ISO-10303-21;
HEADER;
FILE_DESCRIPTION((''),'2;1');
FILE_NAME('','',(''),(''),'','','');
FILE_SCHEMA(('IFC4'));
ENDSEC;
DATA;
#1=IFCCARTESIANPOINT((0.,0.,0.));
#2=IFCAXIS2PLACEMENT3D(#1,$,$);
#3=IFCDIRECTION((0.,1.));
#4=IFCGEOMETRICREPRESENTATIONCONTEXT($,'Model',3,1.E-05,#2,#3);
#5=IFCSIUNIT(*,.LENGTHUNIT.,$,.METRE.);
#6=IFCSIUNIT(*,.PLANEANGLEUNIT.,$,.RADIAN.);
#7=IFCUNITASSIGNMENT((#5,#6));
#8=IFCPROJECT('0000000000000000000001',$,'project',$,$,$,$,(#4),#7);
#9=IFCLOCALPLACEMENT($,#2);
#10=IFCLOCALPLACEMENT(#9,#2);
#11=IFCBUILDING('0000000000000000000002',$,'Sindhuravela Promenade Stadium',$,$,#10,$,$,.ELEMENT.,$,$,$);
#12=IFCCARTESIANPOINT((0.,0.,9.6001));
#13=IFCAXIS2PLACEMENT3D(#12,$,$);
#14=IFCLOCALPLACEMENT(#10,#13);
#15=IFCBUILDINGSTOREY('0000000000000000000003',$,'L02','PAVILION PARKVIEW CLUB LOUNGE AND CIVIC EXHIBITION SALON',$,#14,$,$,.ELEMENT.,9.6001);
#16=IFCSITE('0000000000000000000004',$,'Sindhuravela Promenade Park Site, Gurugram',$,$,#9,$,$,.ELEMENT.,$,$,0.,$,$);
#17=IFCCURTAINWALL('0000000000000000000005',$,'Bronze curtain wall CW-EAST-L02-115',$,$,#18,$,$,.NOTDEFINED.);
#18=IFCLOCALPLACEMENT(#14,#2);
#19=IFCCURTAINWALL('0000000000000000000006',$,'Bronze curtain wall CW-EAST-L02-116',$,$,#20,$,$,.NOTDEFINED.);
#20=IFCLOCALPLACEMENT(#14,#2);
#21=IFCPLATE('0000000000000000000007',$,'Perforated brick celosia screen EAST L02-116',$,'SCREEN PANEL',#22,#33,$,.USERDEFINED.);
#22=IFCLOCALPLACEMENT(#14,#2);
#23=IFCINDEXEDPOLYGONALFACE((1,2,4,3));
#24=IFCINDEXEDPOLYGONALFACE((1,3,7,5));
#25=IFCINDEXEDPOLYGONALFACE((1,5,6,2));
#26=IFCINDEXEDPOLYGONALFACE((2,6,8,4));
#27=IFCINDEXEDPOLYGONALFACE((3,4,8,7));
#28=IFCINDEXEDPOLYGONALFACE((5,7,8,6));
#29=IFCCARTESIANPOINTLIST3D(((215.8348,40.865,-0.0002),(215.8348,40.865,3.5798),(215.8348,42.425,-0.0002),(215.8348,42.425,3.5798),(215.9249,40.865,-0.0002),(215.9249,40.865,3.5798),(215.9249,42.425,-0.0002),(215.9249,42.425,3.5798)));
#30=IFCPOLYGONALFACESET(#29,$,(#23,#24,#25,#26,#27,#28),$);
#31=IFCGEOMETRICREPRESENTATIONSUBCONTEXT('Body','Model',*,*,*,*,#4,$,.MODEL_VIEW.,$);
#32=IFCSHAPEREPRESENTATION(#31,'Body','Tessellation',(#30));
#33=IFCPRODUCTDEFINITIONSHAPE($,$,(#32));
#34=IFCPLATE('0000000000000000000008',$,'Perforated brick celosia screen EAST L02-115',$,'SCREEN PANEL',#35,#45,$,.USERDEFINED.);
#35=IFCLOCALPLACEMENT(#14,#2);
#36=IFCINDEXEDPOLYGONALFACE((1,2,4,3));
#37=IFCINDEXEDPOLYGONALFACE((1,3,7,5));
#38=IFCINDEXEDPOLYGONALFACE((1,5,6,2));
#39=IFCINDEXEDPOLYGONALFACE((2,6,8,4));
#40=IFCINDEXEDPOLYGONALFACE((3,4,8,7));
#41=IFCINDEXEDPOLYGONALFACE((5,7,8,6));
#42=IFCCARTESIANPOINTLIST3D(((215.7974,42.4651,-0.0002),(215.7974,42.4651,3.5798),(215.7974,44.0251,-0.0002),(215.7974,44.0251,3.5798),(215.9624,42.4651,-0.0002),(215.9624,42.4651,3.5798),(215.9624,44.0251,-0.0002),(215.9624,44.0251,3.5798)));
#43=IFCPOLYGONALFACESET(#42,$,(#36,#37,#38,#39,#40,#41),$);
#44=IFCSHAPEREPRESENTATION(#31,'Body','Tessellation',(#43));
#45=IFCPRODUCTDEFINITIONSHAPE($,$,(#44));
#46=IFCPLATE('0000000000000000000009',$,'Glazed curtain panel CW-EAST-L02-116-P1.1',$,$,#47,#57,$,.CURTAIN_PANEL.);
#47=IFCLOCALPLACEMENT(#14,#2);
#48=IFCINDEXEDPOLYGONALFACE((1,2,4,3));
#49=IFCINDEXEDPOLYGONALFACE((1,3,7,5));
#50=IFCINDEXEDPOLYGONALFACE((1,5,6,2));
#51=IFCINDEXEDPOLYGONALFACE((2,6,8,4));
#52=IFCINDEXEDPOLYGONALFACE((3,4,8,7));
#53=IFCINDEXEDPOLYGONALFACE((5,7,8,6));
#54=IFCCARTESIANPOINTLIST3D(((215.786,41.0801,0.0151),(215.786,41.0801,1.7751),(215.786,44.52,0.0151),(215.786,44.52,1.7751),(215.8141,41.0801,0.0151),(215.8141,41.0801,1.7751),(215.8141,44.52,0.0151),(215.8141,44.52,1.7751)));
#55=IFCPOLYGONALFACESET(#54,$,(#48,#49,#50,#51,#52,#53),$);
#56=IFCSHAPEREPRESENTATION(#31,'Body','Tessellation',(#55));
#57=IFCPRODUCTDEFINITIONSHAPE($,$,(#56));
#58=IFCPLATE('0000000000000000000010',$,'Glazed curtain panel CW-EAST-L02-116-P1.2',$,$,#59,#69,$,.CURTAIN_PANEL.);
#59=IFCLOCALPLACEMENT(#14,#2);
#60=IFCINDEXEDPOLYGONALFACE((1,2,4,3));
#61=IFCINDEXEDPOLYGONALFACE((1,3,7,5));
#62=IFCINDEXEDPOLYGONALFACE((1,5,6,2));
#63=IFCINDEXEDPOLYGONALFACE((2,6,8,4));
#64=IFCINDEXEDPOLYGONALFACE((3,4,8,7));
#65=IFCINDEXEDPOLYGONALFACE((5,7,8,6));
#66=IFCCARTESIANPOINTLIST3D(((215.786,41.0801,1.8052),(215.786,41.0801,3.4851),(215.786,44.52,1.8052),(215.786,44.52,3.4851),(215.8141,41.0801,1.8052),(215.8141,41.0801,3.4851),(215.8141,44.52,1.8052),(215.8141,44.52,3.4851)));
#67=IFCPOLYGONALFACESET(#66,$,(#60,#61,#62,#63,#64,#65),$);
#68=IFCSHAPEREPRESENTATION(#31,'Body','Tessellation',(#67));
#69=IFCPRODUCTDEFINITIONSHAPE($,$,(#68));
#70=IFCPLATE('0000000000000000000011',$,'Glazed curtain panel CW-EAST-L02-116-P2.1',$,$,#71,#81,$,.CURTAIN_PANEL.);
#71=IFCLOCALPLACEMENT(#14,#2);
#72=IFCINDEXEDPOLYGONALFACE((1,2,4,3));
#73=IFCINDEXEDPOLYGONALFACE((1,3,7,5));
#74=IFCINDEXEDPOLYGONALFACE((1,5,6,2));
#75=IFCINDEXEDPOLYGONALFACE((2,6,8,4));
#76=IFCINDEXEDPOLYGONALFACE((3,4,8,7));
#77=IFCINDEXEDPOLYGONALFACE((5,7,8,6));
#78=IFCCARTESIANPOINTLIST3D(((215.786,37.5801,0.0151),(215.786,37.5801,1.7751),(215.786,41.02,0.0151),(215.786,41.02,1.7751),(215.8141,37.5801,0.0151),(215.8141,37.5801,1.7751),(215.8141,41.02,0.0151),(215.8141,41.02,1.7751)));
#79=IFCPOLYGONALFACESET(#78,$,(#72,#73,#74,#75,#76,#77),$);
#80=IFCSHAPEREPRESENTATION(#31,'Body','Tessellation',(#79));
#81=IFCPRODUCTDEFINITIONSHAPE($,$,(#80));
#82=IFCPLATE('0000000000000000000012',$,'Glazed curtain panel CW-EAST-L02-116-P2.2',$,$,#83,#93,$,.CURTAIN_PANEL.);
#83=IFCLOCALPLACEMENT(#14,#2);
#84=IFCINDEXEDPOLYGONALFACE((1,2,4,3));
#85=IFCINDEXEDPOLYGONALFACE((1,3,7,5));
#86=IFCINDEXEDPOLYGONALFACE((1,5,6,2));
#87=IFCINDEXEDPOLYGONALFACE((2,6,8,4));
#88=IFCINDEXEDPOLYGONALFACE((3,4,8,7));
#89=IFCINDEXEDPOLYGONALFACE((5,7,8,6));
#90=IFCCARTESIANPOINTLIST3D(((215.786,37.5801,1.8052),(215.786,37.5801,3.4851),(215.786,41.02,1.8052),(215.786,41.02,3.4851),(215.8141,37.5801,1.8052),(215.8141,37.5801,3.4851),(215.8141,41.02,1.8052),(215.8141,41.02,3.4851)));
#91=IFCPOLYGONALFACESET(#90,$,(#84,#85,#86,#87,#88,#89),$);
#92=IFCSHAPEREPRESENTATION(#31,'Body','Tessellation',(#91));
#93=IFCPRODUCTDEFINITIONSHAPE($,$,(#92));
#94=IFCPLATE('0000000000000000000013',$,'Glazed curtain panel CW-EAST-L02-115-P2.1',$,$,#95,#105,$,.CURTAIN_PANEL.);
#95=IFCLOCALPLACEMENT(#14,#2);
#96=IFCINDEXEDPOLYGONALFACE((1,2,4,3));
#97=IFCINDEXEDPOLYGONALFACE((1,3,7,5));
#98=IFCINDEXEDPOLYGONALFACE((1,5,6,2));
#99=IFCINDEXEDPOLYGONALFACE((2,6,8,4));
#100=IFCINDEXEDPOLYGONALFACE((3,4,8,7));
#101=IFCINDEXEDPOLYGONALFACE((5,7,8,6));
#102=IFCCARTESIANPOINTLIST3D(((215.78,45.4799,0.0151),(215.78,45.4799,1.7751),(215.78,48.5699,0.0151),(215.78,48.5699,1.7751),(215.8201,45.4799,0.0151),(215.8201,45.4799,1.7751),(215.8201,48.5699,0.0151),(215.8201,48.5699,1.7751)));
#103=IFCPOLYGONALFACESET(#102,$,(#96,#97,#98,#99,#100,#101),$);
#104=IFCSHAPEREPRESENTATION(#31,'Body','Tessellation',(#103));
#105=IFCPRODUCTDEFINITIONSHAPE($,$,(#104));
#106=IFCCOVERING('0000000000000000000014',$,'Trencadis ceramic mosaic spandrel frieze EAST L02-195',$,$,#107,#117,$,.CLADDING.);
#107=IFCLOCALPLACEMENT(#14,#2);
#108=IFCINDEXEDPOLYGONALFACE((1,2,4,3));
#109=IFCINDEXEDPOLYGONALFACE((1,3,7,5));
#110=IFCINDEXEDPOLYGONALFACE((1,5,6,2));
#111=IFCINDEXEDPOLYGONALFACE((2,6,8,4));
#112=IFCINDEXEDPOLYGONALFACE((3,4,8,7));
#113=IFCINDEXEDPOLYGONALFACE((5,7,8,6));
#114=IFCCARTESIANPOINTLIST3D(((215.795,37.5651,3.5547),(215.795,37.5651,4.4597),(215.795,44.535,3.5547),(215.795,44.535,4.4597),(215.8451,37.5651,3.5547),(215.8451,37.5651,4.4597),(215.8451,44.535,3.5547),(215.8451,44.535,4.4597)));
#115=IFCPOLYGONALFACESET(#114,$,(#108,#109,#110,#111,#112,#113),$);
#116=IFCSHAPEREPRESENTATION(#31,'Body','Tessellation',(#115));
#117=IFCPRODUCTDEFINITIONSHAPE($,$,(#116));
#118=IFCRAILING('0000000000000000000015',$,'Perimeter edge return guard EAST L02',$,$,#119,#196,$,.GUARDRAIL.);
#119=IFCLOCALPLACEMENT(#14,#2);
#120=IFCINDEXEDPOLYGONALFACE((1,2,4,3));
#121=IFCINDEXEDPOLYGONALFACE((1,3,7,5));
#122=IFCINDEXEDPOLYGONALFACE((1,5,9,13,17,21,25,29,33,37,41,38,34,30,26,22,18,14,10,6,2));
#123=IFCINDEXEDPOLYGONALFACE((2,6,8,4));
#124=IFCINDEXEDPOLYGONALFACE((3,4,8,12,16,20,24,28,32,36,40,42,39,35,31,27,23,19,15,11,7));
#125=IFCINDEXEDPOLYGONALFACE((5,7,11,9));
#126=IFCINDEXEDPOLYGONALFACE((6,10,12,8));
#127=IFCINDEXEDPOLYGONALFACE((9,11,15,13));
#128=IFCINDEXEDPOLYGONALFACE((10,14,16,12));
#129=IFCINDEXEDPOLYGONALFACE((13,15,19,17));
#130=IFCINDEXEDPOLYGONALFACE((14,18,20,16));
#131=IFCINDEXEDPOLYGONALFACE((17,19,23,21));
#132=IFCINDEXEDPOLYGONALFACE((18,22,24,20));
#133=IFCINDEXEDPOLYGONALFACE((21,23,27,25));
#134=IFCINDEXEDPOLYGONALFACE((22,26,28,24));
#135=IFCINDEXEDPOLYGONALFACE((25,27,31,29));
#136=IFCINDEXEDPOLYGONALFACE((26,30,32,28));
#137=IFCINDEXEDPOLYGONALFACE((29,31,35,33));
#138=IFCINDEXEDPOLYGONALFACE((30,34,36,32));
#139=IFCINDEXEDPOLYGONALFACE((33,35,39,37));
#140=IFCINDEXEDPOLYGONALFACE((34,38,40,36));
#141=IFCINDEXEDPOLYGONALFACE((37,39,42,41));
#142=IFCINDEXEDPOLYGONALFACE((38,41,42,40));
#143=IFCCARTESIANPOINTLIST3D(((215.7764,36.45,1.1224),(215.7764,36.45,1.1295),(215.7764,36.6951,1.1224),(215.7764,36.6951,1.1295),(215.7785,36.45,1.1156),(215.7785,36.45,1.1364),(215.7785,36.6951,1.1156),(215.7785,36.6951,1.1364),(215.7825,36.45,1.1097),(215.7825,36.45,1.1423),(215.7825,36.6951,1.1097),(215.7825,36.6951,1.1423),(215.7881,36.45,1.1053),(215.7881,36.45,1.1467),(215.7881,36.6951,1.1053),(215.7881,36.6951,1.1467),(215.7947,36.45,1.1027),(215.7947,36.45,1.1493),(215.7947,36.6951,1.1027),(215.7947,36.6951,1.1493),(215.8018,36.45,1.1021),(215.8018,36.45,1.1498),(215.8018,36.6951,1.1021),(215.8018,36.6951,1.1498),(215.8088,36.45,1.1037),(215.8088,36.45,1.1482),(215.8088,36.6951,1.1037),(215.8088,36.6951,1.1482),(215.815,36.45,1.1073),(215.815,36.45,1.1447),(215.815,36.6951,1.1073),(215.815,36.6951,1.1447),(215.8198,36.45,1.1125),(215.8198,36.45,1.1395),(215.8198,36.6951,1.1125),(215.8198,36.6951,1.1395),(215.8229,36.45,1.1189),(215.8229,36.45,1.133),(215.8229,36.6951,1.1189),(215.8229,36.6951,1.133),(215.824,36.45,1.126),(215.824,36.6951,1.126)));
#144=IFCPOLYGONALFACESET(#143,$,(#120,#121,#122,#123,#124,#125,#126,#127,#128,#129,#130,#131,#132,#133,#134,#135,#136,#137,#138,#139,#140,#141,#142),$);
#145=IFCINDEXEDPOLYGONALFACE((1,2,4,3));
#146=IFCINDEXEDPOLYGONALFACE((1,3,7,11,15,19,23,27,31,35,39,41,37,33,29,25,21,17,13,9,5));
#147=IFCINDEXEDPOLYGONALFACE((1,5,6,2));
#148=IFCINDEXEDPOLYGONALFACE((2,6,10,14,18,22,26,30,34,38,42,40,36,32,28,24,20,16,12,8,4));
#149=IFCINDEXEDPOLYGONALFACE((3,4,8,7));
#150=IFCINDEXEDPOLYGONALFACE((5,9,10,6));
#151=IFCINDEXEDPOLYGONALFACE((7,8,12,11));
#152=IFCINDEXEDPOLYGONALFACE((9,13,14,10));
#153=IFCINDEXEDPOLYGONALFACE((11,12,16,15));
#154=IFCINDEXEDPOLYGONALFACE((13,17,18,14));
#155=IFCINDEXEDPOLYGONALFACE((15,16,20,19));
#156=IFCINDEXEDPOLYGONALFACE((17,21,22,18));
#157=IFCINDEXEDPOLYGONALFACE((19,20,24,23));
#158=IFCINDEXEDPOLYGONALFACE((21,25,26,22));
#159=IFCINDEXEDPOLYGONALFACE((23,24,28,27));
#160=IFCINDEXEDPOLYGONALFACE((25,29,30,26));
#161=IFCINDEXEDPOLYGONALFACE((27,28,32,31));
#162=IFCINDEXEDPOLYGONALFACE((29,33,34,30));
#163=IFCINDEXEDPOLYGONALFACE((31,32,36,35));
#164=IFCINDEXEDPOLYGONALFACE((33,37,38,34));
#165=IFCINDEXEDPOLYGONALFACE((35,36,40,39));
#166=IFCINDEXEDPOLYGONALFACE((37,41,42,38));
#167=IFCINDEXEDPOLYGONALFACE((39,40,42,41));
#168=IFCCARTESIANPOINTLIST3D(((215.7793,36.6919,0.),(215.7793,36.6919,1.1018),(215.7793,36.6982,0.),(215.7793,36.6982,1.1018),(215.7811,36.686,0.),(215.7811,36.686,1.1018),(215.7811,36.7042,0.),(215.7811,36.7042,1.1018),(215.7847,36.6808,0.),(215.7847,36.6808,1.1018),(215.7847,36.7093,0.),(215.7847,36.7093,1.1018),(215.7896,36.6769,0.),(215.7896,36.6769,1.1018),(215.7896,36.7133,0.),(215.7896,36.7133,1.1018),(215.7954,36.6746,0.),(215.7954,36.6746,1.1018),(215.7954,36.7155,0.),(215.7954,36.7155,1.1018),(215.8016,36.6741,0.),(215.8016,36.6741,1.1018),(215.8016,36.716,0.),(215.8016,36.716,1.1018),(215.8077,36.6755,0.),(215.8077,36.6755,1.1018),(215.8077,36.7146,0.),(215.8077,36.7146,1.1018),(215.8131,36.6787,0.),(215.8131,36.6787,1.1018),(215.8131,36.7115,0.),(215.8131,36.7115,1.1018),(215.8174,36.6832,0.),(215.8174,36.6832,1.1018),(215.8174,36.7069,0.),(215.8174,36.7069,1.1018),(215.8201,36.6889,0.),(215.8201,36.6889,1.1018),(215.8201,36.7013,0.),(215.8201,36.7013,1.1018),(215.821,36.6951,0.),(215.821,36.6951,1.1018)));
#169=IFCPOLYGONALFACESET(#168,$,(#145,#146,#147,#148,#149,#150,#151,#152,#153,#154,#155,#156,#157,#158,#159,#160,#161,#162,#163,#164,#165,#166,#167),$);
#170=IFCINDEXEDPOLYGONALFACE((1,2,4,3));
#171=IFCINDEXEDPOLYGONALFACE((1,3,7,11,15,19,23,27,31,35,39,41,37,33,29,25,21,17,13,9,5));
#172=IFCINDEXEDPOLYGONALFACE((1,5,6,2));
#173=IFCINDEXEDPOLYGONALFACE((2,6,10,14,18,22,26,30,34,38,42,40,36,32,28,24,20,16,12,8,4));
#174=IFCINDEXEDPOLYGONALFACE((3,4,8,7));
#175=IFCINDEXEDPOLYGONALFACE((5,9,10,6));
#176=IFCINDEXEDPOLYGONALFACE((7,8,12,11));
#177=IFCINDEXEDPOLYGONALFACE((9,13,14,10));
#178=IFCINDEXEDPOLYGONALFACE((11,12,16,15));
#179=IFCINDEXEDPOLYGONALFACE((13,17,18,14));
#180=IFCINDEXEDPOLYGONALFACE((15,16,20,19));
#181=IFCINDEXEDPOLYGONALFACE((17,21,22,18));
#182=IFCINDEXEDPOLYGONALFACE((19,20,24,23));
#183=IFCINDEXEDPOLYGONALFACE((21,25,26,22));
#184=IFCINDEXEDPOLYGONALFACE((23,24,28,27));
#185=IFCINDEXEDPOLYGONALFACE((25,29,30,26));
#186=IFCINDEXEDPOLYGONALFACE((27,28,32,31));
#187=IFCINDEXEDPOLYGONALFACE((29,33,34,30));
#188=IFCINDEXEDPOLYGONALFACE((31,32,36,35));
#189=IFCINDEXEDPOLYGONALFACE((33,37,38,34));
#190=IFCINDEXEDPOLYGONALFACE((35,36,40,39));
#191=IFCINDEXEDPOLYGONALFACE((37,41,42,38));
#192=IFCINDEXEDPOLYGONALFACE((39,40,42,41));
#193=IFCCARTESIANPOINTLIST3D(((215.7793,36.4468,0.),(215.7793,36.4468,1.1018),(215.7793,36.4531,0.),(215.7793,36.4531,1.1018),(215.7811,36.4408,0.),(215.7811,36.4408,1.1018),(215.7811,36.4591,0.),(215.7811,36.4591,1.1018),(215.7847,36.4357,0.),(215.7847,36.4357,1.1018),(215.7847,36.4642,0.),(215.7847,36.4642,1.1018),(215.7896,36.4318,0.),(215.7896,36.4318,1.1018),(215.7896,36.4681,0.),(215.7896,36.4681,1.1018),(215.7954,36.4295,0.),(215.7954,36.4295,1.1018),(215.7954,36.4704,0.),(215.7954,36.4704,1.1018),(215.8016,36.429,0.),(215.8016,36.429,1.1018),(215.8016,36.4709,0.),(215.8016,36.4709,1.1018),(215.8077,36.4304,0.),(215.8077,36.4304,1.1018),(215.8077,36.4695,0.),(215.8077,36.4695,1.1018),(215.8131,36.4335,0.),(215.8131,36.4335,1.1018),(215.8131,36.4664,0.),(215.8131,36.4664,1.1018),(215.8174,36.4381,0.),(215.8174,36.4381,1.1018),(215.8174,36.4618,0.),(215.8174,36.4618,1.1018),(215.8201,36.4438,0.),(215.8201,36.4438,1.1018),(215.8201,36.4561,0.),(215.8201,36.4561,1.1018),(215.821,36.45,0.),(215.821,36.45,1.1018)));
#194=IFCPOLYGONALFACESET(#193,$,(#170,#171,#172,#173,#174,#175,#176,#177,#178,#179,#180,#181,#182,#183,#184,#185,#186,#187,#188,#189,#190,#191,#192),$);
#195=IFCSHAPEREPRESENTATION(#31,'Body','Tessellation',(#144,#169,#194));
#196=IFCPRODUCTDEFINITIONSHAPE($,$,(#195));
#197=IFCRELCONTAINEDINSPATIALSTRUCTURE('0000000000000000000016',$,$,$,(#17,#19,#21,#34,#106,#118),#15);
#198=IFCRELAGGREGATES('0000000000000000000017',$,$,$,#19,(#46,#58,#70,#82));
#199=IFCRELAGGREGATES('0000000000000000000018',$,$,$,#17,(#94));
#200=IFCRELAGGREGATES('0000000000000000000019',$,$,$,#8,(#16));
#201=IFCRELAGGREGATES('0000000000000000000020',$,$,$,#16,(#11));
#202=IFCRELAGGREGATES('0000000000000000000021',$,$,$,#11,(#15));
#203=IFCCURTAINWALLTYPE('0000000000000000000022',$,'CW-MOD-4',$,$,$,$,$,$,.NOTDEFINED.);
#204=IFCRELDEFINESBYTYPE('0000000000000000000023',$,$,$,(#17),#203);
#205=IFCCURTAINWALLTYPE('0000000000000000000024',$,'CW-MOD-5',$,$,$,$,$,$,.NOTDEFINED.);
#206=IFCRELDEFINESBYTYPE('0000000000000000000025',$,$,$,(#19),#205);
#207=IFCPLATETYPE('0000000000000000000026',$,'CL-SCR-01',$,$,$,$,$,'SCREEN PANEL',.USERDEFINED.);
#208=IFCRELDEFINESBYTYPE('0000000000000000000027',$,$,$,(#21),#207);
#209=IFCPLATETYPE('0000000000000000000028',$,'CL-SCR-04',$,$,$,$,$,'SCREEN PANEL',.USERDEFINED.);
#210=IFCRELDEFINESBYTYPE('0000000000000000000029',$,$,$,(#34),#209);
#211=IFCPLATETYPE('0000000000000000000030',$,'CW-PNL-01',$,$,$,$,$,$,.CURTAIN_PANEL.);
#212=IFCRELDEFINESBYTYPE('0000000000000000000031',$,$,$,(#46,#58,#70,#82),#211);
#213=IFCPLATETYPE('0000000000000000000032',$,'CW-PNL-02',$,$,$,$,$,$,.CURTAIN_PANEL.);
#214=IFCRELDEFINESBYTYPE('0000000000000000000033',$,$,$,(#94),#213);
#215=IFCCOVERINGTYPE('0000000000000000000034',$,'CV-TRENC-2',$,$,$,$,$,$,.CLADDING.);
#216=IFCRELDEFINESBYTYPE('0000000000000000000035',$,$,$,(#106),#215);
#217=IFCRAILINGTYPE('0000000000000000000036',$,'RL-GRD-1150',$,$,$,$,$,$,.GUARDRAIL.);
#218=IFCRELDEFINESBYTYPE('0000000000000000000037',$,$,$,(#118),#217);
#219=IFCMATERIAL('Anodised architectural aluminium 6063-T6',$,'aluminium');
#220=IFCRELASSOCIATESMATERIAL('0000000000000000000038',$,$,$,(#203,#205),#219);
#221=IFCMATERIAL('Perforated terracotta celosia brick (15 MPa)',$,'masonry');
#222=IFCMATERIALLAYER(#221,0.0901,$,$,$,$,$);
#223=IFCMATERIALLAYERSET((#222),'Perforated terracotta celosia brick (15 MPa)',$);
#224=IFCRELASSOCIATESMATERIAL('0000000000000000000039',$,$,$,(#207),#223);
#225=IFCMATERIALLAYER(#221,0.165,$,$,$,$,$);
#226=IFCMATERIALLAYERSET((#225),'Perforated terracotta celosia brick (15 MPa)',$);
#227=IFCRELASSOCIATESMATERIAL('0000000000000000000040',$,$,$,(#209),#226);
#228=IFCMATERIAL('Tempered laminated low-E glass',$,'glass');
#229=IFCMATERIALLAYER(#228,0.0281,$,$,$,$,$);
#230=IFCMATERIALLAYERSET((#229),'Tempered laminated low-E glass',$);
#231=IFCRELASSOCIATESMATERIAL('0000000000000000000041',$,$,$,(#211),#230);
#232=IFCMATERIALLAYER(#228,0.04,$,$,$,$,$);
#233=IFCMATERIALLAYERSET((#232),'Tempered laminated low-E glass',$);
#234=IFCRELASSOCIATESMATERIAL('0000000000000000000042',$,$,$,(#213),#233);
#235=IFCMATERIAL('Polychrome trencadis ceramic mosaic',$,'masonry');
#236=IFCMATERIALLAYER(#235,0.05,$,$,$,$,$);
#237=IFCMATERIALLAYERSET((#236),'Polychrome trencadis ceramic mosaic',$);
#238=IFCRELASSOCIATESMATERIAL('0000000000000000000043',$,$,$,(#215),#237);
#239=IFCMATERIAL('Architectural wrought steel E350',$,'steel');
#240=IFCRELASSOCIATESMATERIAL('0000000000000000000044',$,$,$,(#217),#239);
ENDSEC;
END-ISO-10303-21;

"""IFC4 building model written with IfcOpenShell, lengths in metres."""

from ifc_helpers import new_model, si_unit, direction, frame, origin, origin_2d, place, context, subcontext, project, spatial, rectangle, circle, extrude, material, layer, layer_set, type_object, element, aggregate, save


model = new_model("IFC4")

# Units and contexts
model_context = context("Model", 3, precision=1e-05, world=origin(), true_north=direction((0.0, 1.0)))
body_context = subcontext(model_context, "Body", "Model", "MODEL_VIEW")
ifc_project = project(units=[si_unit("LENGTHUNIT", "METRE"), si_unit("PLANEANGLEUNIT", "RADIAN")], contexts=[model_context])

# Site, building, storey
site_placement = place(None, origin())
site = spatial("IfcSite", under=ifc_project, at=site_placement, Name="Sindhuravela Promenade Park Site, Gurugram", CompositionType="ELEMENT", RefElevation=0.0)
building_placement = place(site_placement, origin())
building = spatial("IfcBuilding", under=site, at=building_placement, Name="Sindhuravela Promenade Stadium", CompositionType="ELEMENT")
storey_placement = place(building_placement, frame((0.0, 0.0, 9.6001)))
storey = spatial("IfcBuildingStorey", under=building, at=storey_placement, Name="L02", Description="PAVILION PARKVIEW CLUB LOUNGE AND CIVIC EXHIBITION SALON", CompositionType="ELEMENT", Elevation=9.6001)

# Curtain wall
ifc_material_1 = material(Name="Anodised architectural aluminium 6063-T6", Category="aluminium")
curtain_wall_type_1 = type_object("IfcCurtainWallType", Name="CW-MOD-4", PredefinedType="NOTDEFINED", material=ifc_material_1)
curtain_wall_1_placement = place(storey_placement, origin())
curtain_wall_1 = element("IfcCurtainWall", 1, at=curtain_wall_1_placement, inside=storey, type_object=curtain_wall_type_1, Name="Bronze curtain wall CW-EAST-L02-115", PredefinedType="NOTDEFINED")

# Curtain wall
curtain_wall_type_2 = type_object("IfcCurtainWallType", Name="CW-MOD-5", PredefinedType="NOTDEFINED", material=ifc_material_1)
curtain_wall_2_placement = place(storey_placement, origin())
curtain_wall_2 = element("IfcCurtainWall", 2, at=curtain_wall_2_placement, inside=storey, type_object=curtain_wall_type_2, Name="Bronze curtain wall CW-EAST-L02-116", PredefinedType="NOTDEFINED")

# Plates
ifc_material_2 = material(Name="Perforated terracotta celosia brick (15 MPa)", Category="masonry")
ifc_layer_1 = layer(ifc_material_2, 0.0901)
ifc_layer_set_1 = layer_set([ifc_layer_1], Name="Perforated terracotta celosia brick (15 MPa)")
plate_type_1 = type_object("IfcPlateType", Name="CL-SCR-01", ElementType="SCREEN PANEL", PredefinedType="USERDEFINED", material=ifc_layer_set_1)
plate_1_placement = place(storey_placement, frame((215.8799, 41.645, -0.0002), z_axis=(0.0, 0.0, 1.0), x_axis=(0.0, -1.0, 0.0)))
element("IfcPlate", 3, at=plate_1_placement, inside=storey, type_object=plate_type_1, Name="Perforated brick celosia screen EAST L02-116", ObjectType="SCREEN PANEL", PredefinedType="USERDEFINED", context=body_context, shape_type="SweptSolid", body=[
    extrude(rectangle(XDim=1.5601, YDim=0.0901, at=origin_2d()), origin(), (0.0, 0.0, 1.0), 3.5801),
])
ifc_layer_2 = layer(ifc_material_2, 0.165)
ifc_layer_set_2 = layer_set([ifc_layer_2], Name="Perforated terracotta celosia brick (15 MPa)")
plate_type_2 = type_object("IfcPlateType", Name="CL-SCR-04", ElementType="SCREEN PANEL", PredefinedType="USERDEFINED", material=ifc_layer_set_2)
plate_2_placement = place(storey_placement, frame((215.8799, 43.2451, -0.0002), z_axis=(0.0, 0.0, 1.0), x_axis=(0.0, -1.0, 0.0)))
element("IfcPlate", 4, at=plate_2_placement, inside=storey, type_object=plate_type_2, Name="Perforated brick celosia screen EAST L02-115", ObjectType="SCREEN PANEL", PredefinedType="USERDEFINED", context=body_context, shape_type="SweptSolid", body=[
    extrude(rectangle(XDim=1.5601, YDim=0.165, at=origin_2d()), origin(), (0.0, 0.0, 1.0), 3.5801),
])

# Plates
ifc_material_3 = material(Name="Tempered laminated low-E glass", Category="glass")
ifc_layer_3 = layer(ifc_material_3, 0.0281)
ifc_layer_set_3 = layer_set([ifc_layer_3], Name="Tempered laminated low-E glass")
plate_type_3 = type_object("IfcPlateType", Name="CW-PNL-01", PredefinedType="CURTAIN_PANEL", material=ifc_layer_set_3)
plate_3_placement = place(storey_placement, frame((215.8, 42.8, 0.0151), z_axis=(0.0, 0.0, 1.0), x_axis=(0.0, -1.0, 0.0)))
plate_3 = element("IfcPlate", 5, at=plate_3_placement, type_object=plate_type_3, Name="Glazed curtain panel CW-EAST-L02-116-P1.1", PredefinedType="CURTAIN_PANEL", context=body_context, shape_type="SweptSolid", body=[
    extrude(rectangle(XDim=3.4399, YDim=0.0281, at=origin_2d()), origin(), (0.0, 0.0, 1.0), 1.76),
])
plate_4_placement = place(storey_placement, frame((215.8, 42.8, 1.8052), z_axis=(0.0, 0.0, 1.0), x_axis=(0.0, -1.0, 0.0)))
plate_4 = element("IfcPlate", 6, at=plate_4_placement, type_object=plate_type_3, Name="Glazed curtain panel CW-EAST-L02-116-P1.2", PredefinedType="CURTAIN_PANEL", context=body_context, shape_type="SweptSolid", body=[
    extrude(rectangle(XDim=3.4399, YDim=0.0281, at=origin_2d()), origin(), (0.0, 0.0, 1.0), 1.6799),
])
plate_5_placement = place(storey_placement, frame((215.8, 39.3, 0.0151), z_axis=(0.0, 0.0, 1.0), x_axis=(0.0, -1.0, 0.0)))
plate_5 = element("IfcPlate", 7, at=plate_5_placement, type_object=plate_type_3, Name="Glazed curtain panel CW-EAST-L02-116-P2.1", PredefinedType="CURTAIN_PANEL", context=body_context, shape_type="SweptSolid", body=[
    extrude(rectangle(XDim=3.4399, YDim=0.0281, at=origin_2d()), origin(), (0.0, 0.0, 1.0), 1.76),
])
plate_6_placement = place(storey_placement, frame((215.8, 39.3, 1.8052), z_axis=(0.0, 0.0, 1.0), x_axis=(0.0, -1.0, 0.0)))
plate_6 = element("IfcPlate", 8, at=plate_6_placement, type_object=plate_type_3, Name="Glazed curtain panel CW-EAST-L02-116-P2.2", PredefinedType="CURTAIN_PANEL", context=body_context, shape_type="SweptSolid", body=[
    extrude(rectangle(XDim=3.4399, YDim=0.0281, at=origin_2d()), origin(), (0.0, 0.0, 1.0), 1.6799),
])
aggregate(curtain_wall_2, [plate_3, plate_4, plate_5, plate_6])
ifc_layer_4 = layer(ifc_material_3, 0.04)
ifc_layer_set_4 = layer_set([ifc_layer_4], Name="Tempered laminated low-E glass")
plate_type_4 = type_object("IfcPlateType", Name="CW-PNL-02", PredefinedType="CURTAIN_PANEL", material=ifc_layer_set_4)
plate_7_placement = place(storey_placement, frame((215.8, 47.0249, 0.0151), z_axis=(0.0, 0.0, 1.0), x_axis=(0.0, -1.0, 0.0)))
plate_7 = element("IfcPlate", 9, at=plate_7_placement, type_object=plate_type_4, Name="Glazed curtain panel CW-EAST-L02-115-P2.1", PredefinedType="CURTAIN_PANEL", context=body_context, shape_type="SweptSolid", body=[
    extrude(rectangle(XDim=3.0901, YDim=0.04, at=origin_2d()), origin(), (0.0, 0.0, 1.0), 1.76),
])
aggregate(curtain_wall_1, [plate_7])

# Covering
ifc_material_4 = material(Name="Polychrome trencadis ceramic mosaic", Category="masonry")
ifc_layer_5 = layer(ifc_material_4, 0.05)
ifc_layer_set_5 = layer_set([ifc_layer_5], Name="Polychrome trencadis ceramic mosaic")
covering_type = type_object("IfcCoveringType", Name="CV-TRENC-2", PredefinedType="CLADDING", material=ifc_layer_set_5)
covering_placement = place(storey_placement, frame((215.8201, 41.05, 3.5547), z_axis=(0.0, 0.0, 1.0), x_axis=(0.0, -1.0, 0.0)))
element("IfcCovering", 10, at=covering_placement, inside=storey, type_object=covering_type, Name="Trencadis ceramic mosaic spandrel frieze EAST L02-195", PredefinedType="CLADDING", context=body_context, shape_type="SweptSolid", body=[
    extrude(rectangle(XDim=6.97, YDim=0.05, at=origin_2d()), origin(), (0.0, 0.0, 1.0), 0.905),
])

# Railing
ifc_material_5 = material(Name="Architectural wrought steel E350", Category="steel")
railing_type_1 = type_object("IfcRailingType", Name="RL-GRD-1150", PredefinedType="GUARDRAIL", material=ifc_material_5)
railing_1_placement = place(storey_placement, frame((215.8, 36.6951, 0.0)))
element("IfcRailing", 11, at=railing_1_placement, inside=storey, type_object=railing_type_1, Name="Perimeter edge return guard EAST L02", PredefinedType="GUARDRAIL", context=body_context, shape_type="SweptSolid", body=[
    extrude(circle(Radius=0.0239, at=origin_2d()), frame((0.0, 0.0, 1.126), z_axis=(0.0, -1.0, 0.0), x_axis=(1.0, 0.0, 0.0)), (0.0, 0.0, 1.0), 0.2451),
    extrude(circle(Radius=0.021, at=origin_2d()), origin(), (0.0, 0.0, 1.0), 1.1018),
    extrude(circle(Radius=0.021, at=origin_2d()), frame((0.0, -0.2451, 0.0)), (0.0, 0.0, 1.0), 1.1018),
])

save(model, "model.ifc")
